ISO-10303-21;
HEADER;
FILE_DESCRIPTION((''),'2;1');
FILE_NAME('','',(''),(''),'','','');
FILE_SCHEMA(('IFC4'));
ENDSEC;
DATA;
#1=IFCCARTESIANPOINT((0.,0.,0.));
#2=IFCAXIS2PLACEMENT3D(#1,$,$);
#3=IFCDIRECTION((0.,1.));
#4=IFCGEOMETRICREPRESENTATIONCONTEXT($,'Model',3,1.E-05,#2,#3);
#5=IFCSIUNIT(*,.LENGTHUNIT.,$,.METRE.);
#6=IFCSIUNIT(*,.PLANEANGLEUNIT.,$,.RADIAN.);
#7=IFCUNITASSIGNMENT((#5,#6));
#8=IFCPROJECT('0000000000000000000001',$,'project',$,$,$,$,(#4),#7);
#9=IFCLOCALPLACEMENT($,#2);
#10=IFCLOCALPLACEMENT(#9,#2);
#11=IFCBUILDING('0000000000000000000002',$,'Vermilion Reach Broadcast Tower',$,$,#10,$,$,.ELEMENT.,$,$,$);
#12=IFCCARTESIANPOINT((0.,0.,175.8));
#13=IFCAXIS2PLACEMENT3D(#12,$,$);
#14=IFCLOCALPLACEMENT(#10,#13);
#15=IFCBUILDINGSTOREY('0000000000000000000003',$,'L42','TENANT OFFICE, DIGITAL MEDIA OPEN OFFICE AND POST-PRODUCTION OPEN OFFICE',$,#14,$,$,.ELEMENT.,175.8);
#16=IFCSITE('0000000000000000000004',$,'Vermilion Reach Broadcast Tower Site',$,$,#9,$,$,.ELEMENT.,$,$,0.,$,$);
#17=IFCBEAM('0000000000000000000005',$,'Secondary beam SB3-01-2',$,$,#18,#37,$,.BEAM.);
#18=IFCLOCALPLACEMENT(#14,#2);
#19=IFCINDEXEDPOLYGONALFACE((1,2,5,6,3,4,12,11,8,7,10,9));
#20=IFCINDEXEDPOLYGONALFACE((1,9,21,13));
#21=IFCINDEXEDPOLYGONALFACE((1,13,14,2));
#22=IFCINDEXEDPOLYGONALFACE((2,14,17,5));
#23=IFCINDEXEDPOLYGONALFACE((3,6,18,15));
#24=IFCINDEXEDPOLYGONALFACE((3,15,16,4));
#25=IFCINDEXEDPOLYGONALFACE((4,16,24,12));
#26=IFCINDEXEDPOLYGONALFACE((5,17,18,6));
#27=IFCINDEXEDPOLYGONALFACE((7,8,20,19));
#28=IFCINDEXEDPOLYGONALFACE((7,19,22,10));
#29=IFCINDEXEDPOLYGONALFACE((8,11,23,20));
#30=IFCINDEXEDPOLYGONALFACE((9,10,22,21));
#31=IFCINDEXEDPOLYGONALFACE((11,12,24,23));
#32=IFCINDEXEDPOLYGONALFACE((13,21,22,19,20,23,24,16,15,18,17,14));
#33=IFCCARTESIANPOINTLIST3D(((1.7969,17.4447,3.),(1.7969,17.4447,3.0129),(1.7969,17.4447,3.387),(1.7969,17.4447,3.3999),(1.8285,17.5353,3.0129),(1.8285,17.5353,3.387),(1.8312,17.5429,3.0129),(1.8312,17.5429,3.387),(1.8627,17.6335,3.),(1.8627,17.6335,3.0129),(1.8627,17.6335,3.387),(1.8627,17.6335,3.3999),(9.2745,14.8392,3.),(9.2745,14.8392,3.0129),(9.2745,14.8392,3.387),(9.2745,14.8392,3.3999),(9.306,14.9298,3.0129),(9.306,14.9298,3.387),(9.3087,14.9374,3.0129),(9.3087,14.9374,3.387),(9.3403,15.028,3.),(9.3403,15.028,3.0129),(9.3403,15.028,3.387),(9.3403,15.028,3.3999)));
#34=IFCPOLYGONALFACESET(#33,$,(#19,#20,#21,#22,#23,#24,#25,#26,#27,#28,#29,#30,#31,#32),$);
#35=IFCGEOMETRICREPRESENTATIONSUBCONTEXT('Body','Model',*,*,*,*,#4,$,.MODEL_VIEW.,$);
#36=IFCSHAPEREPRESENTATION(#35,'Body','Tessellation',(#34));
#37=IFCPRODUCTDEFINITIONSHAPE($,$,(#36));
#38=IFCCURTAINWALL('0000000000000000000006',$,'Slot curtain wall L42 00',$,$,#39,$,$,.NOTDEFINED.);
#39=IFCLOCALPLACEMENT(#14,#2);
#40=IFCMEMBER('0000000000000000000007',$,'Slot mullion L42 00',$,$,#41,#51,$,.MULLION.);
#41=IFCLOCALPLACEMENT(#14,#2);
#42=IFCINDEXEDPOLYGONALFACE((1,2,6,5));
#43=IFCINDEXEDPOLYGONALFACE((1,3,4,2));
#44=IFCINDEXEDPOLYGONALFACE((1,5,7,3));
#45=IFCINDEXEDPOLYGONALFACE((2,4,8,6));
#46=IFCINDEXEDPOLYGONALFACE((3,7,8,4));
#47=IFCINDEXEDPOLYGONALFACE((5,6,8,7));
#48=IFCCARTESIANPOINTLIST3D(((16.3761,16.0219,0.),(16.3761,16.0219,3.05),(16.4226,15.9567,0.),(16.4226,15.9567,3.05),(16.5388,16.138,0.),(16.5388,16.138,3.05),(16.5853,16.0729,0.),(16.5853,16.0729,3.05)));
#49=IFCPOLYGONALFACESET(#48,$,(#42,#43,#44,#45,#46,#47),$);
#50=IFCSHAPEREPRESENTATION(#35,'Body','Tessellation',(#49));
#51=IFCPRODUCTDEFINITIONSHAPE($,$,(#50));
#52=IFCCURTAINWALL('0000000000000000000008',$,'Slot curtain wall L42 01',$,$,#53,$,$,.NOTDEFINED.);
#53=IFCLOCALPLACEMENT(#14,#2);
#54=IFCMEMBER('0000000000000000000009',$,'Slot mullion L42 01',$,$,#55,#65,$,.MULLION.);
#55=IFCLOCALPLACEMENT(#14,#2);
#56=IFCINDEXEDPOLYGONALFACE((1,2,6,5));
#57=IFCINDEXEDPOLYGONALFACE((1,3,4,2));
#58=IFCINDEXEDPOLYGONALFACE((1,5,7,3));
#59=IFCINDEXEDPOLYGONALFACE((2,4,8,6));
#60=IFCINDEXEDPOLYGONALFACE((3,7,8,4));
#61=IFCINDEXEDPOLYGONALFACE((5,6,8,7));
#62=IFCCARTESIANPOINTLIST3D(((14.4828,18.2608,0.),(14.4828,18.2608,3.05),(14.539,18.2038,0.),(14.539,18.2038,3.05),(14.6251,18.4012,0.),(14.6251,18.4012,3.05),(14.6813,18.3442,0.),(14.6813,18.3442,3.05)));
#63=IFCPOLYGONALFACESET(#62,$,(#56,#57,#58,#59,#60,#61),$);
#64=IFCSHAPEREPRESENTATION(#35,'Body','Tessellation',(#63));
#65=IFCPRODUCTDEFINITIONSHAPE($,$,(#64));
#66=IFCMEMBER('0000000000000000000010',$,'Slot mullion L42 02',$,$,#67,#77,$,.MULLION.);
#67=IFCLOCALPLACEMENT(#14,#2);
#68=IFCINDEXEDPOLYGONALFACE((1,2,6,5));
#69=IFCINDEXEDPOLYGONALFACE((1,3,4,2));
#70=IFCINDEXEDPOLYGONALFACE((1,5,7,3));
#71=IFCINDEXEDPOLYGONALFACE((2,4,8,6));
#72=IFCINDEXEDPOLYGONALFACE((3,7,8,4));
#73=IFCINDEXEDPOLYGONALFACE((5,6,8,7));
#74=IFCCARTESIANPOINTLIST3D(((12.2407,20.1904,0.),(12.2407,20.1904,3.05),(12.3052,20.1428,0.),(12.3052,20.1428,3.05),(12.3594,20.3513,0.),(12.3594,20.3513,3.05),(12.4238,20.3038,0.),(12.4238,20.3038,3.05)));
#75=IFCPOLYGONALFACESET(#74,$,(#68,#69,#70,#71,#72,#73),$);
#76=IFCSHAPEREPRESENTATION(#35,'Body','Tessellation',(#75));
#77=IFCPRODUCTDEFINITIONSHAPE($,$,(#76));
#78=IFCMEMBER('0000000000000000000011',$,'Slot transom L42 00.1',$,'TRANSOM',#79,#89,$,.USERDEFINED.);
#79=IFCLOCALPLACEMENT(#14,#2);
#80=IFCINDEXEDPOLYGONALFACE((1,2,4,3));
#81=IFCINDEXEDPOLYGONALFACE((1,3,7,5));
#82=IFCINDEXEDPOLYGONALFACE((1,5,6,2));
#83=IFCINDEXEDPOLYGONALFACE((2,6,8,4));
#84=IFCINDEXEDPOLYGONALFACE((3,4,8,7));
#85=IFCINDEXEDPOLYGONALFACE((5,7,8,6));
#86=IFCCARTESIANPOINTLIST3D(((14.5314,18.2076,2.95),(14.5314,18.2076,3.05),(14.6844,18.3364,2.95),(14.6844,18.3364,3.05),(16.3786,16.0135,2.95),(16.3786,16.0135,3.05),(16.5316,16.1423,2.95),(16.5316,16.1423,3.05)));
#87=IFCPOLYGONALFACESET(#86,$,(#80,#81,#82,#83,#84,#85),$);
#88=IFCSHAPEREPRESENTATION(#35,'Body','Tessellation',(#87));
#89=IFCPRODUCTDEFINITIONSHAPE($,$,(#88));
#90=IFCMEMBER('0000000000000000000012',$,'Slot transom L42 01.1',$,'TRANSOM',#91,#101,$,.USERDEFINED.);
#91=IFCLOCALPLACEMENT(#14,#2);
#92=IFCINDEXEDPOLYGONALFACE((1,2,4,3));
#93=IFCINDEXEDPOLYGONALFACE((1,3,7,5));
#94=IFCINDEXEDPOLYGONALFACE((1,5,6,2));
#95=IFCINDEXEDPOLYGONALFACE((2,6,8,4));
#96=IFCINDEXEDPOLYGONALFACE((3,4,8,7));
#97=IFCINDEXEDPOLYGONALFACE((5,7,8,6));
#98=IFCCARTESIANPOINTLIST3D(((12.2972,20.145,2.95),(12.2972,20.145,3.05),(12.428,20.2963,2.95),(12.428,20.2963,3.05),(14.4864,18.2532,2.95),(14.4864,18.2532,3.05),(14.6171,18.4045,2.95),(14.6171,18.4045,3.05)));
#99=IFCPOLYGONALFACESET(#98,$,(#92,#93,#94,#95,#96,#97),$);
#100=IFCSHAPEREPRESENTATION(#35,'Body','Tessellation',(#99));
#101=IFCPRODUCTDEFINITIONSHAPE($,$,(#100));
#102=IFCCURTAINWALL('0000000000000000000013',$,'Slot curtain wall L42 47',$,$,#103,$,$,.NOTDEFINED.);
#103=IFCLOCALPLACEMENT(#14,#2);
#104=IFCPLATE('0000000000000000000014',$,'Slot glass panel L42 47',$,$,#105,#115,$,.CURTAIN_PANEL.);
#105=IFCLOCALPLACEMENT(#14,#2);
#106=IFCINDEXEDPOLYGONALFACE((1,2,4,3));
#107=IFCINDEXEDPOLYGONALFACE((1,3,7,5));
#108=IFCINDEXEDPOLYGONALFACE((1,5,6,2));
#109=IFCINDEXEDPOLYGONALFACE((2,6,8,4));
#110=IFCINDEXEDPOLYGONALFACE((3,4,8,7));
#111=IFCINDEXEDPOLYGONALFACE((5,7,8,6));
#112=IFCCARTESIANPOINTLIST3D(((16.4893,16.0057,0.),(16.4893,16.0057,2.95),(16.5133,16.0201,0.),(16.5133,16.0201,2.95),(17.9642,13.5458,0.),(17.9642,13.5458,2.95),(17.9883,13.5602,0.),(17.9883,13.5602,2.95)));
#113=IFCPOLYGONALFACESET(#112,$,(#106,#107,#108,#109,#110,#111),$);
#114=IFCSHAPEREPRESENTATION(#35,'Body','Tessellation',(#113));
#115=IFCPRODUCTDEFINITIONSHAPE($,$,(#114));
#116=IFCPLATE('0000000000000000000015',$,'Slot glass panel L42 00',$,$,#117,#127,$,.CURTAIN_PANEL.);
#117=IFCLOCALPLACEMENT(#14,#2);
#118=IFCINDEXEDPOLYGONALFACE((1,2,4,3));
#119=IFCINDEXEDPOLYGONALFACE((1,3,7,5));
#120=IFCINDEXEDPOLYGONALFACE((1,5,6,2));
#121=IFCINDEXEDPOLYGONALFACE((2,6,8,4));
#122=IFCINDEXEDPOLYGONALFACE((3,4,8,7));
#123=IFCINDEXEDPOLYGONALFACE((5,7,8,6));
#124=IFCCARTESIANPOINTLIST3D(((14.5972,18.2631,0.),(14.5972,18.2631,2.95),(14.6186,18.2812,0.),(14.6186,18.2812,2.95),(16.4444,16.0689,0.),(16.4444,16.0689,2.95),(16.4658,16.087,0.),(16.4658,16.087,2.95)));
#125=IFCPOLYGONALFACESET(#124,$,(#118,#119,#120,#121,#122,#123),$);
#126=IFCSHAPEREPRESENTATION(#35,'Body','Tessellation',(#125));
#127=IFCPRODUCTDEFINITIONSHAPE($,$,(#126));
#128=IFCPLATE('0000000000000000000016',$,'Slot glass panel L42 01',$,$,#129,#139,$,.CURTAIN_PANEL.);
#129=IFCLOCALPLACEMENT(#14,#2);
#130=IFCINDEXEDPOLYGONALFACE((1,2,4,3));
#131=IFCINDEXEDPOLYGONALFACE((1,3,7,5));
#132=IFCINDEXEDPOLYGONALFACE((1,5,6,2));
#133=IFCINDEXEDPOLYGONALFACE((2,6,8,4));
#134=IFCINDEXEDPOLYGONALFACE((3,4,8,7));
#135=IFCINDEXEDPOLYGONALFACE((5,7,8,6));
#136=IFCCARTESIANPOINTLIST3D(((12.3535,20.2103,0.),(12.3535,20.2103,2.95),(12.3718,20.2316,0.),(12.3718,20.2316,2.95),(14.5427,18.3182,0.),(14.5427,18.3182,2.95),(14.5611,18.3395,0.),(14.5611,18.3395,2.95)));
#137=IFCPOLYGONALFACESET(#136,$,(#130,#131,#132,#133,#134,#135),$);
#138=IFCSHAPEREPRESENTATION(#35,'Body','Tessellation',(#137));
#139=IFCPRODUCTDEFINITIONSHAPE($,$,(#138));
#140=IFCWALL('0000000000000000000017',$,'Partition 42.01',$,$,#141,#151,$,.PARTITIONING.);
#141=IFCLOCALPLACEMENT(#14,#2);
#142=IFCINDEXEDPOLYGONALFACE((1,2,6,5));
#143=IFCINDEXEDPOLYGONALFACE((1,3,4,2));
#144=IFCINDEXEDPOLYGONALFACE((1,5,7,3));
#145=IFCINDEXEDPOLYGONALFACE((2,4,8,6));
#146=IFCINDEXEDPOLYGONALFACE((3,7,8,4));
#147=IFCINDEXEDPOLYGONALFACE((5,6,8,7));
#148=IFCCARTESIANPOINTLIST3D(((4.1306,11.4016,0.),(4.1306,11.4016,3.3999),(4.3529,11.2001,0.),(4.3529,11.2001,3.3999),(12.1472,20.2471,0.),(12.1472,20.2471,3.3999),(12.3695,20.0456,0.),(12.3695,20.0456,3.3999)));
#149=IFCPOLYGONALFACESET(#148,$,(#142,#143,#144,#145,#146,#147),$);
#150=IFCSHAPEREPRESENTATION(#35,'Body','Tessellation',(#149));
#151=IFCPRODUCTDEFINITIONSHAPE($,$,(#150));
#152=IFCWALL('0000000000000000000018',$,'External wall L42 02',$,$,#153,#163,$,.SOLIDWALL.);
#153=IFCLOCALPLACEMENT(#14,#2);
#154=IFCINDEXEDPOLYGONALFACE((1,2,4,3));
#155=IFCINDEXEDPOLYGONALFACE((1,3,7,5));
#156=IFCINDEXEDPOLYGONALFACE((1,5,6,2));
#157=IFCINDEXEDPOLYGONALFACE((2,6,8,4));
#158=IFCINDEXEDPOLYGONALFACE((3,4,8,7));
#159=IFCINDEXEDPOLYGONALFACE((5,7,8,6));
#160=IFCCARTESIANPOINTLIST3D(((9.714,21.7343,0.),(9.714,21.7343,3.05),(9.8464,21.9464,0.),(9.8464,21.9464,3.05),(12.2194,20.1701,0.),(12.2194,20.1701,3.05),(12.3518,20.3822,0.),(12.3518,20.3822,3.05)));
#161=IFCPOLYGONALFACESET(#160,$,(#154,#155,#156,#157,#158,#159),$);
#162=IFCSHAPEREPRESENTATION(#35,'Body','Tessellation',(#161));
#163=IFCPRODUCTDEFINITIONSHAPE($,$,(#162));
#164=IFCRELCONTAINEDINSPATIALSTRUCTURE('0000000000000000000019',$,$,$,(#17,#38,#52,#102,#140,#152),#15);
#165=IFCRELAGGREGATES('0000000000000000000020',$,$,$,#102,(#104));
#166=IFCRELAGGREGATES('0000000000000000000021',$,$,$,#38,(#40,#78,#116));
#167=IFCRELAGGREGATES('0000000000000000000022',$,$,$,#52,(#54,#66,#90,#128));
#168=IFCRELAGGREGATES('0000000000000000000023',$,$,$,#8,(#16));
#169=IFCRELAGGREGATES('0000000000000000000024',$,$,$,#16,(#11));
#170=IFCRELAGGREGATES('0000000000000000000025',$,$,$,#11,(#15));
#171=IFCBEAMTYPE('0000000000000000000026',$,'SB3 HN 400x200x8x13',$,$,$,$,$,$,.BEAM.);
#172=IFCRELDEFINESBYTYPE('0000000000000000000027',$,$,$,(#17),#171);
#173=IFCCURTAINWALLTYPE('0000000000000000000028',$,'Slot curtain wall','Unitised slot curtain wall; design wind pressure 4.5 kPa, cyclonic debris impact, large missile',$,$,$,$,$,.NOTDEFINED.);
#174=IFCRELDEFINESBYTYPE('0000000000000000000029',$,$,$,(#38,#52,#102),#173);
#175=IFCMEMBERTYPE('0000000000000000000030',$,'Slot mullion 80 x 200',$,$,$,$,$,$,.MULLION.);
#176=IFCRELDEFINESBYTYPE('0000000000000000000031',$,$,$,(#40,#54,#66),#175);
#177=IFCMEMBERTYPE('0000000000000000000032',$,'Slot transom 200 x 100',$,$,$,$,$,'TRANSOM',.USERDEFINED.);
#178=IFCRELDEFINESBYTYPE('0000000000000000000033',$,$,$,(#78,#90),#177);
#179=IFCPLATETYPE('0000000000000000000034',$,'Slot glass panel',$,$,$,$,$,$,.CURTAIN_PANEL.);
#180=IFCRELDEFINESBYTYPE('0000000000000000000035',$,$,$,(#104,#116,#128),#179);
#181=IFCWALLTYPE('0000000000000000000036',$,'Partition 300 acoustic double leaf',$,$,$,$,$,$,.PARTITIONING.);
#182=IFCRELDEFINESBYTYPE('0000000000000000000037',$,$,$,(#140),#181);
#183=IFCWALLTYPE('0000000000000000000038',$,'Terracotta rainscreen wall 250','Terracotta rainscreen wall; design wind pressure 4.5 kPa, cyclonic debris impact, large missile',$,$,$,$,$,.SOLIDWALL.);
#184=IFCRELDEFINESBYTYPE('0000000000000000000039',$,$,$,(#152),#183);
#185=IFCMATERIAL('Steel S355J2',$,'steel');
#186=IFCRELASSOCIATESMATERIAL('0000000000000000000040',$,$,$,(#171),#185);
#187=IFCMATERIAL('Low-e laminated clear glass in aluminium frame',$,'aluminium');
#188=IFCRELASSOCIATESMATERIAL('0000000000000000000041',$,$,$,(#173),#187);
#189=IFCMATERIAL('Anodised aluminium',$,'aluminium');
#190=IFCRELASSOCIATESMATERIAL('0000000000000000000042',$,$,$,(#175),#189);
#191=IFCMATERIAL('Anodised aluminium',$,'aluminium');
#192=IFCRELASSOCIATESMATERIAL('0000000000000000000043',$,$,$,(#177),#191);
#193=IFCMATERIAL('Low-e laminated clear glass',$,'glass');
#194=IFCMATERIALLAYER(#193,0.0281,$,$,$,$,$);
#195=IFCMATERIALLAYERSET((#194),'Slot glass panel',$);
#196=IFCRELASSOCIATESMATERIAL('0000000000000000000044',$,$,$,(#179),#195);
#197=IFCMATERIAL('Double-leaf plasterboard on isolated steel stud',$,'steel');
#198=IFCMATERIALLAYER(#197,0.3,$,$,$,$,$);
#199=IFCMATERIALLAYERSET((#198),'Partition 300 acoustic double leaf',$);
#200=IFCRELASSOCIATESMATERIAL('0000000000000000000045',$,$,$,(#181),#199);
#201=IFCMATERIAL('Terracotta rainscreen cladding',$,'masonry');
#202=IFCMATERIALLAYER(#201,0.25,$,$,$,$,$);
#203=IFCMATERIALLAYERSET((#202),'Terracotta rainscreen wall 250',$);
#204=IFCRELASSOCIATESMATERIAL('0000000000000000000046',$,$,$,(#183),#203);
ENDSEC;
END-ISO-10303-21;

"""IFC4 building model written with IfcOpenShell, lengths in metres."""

from ifc_helpers import new_model, si_unit, direction, frame, frame_2d, origin, origin_2d, place, context, subcontext, project, spatial, rectangle, i_section, extrude, material, layer, layer_set, material_profile, profile_set, type_object, element, aggregate, save


model = new_model("IFC4")

# Units and contexts
model_context = context("Model", 3, precision=1e-05, world=origin(), true_north=direction((0.0, 1.0)))
body_context = subcontext(model_context, "Body", "Model", "MODEL_VIEW")
ifc_project = project(units=[si_unit("LENGTHUNIT", "METRE"), si_unit("PLANEANGLEUNIT", "RADIAN")], contexts=[model_context])

# Site, building, storey
site_placement = place(None, origin())
site = spatial("IfcSite", under=ifc_project, at=site_placement, Name="Vermilion Reach Broadcast Tower Site", CompositionType="ELEMENT", RefElevation=0.0)
building_placement = place(site_placement, origin())
building = spatial("IfcBuilding", under=site, at=building_placement, Name="Vermilion Reach Broadcast Tower", CompositionType="ELEMENT")
storey_placement = place(building_placement, frame((0.0, 0.0, 175.8)))
storey = spatial("IfcBuildingStorey", under=building, at=storey_placement, Name="L42", Description="TENANT OFFICE, DIGITAL MEDIA OPEN OFFICE AND POST-PRODUCTION OPEN OFFICE", CompositionType="ELEMENT", Elevation=175.8)

# Beam
ifc_material_1 = material(Name="Steel S355J2", Category="steel")
ifc_material_profile_1 = material_profile(ifc_material_1, i_section(OverallWidth=0.2, OverallDepth=0.3999, WebThickness=0.0081, FlangeThickness=0.0129, at=origin_2d()), Name="S355J2 HN 400x200x8x13")
ifc_profile_set_1 = profile_set([ifc_material_profile_1], Name="Steel S355J2")
beam_type_1 = type_object("IfcBeamType", Name="SB3 HN 400x200x8x13", PredefinedType="BEAM", material=ifc_profile_set_1)
beam_1_placement = place(storey_placement, frame((9.3074, 14.9336, 3.2), z_axis=(-0.944317, 0.329037, 0.0), x_axis=(-0.329037, -0.944317, 0.0)))
element("IfcBeam", 1, at=beam_1_placement, inside=storey, type_object=beam_type_1, Name="Secondary beam SB3-01-2", PredefinedType="BEAM", context=body_context, shape_type="SweptSolid", body=[
    extrude(i_section(OverallWidth=0.2, OverallDepth=0.3999, WebThickness=0.0081, FlangeThickness=0.0129, at=origin_2d()), origin(), (0.0, 0.0, 1.0), 7.9185),
])

# Curtain wall, member
ifc_material_2 = material(Name="Low-e laminated clear glass in aluminium frame", Category="aluminium")
curtain_wall_type = type_object("IfcCurtainWallType", Name="Slot curtain wall", Description="Unitised slot curtain wall; design wind pressure 4.5 kPa, cyclonic debris impact, large missile", PredefinedType="NOTDEFINED", material=ifc_material_2)
placement = place(storey_placement, origin())
curtain_wall_1 = element("IfcCurtainWall", 2, at=placement, inside=storey, type_object=curtain_wall_type, Name="Slot curtain wall L42 00", PredefinedType="NOTDEFINED")
ifc_material_3 = material(Name="Anodised aluminium", Category="aluminium")
ifc_material_profile_2 = material_profile(ifc_material_3, rectangle(XDim=0.2, YDim=0.0801, at=origin_2d()), Name="Slot mullion 80 x 200")
ifc_profile_set_2 = profile_set([ifc_material_profile_2], Name="Anodised aluminium")
member_type_1 = type_object("IfcMemberType", Name="Slot mullion 80 x 200", PredefinedType="MULLION", material=ifc_profile_set_2)
member_1_placement = place(storey_placement, frame((16.4807, 16.0474, 0.0), z_axis=(0.0, 0.0, 1.0), x_axis=(-0.813913, -0.580987, 0.0)))
member_1 = element("IfcMember", 3, at=member_1_placement, type_object=member_type_1, Name="Slot mullion L42 00", PredefinedType="MULLION", context=body_context, shape_type="SweptSolid", body=[
    extrude(rectangle(XDim=0.2, YDim=0.0801, at=origin_2d()), origin(), (0.0, 0.0, 1.0), 3.05),
])

# Curtain wall, members
curtain_wall_2 = element("IfcCurtainWall", 4, at=placement, inside=storey, type_object=curtain_wall_type, Name="Slot curtain wall L42 01", PredefinedType="NOTDEFINED")
member_2_placement = place(storey_placement, frame((14.582, 18.3025, 0.0), z_axis=(0.0, 0.0, 1.0), x_axis=(-0.711672, -0.702512, 0.0)))
member_2 = element("IfcMember", 5, at=member_2_placement, type_object=member_type_1, Name="Slot mullion L42 01", PredefinedType="MULLION", context=body_context, shape_type="SweptSolid", body=[
    extrude(rectangle(XDim=0.2, YDim=0.0801, at=origin_2d()), origin(), (0.0, 0.0, 1.0), 3.05),
])
member_3_placement = place(storey_placement, frame((12.3323, 20.2471, 0.0), z_axis=(0.0, 0.0, 1.0), x_axis=(-0.593511, -0.804826, 0.0)))
member_3 = element("IfcMember", 6, at=member_3_placement, type_object=member_type_1, Name="Slot mullion L42 02", PredefinedType="MULLION", context=body_context, shape_type="SweptSolid", body=[
    extrude(rectangle(XDim=0.2, YDim=0.0801, at=origin_2d()), origin(), (0.0, 0.0, 1.0), 3.05),
])

# Members
ifc_material_4 = material(Name="Anodised aluminium", Category="aluminium")
ifc_material_profile_3 = material_profile(ifc_material_4, rectangle(XDim=0.2, YDim=0.1001, at=origin_2d()), Name="Slot transom 200 x 100")
ifc_profile_set_3 = profile_set([ifc_material_profile_3], Name="Anodised aluminium")
member_type_2 = type_object("IfcMemberType", Name="Slot transom 200 x 100", ElementType="TRANSOM", PredefinedType="USERDEFINED", material=ifc_profile_set_3)
member_4_placement = place(storey_placement, frame((16.4551, 16.0779, 3.0), z_axis=(-0.644036, 0.764995, 0.0), x_axis=(-0.764995, -0.644036, 0.0)))
member_4 = element("IfcMember", 7, at=member_4_placement, type_object=member_type_2, Name="Slot transom L42 00.1", ObjectType="TRANSOM", PredefinedType="USERDEFINED", context=body_context, shape_type="SweptSolid", body=[
    extrude(rectangle(XDim=0.2, YDim=0.1001, at=origin_2d()), origin(), (0.0, 0.0, 1.0), 2.8682),
])
member_5_placement = place(storey_placement, frame((14.5518, 18.3289, 3.0), z_axis=(-0.756624, 0.653851, 0.0), x_axis=(-0.653851, -0.756624, 0.0)))
member_5 = element("IfcMember", 8, at=member_5_placement, type_object=member_type_2, Name="Slot transom L42 01.1", ObjectType="TRANSOM", PredefinedType="USERDEFINED", context=body_context, shape_type="SweptSolid", body=[
    extrude(rectangle(XDim=0.2, YDim=0.1001, at=origin_2d()), origin(), (0.0, 0.0, 1.0), 2.8933),
])

# Curtain wall, plate
curtain_wall_3 = element("IfcCurtainWall", 9, at=placement, inside=storey, type_object=curtain_wall_type, Name="Slot curtain wall L42 47", PredefinedType="NOTDEFINED")
ifc_material_5 = material(Name="Low-e laminated clear glass", Category="glass")
ifc_layer_1 = layer(ifc_material_5, 0.0281)
ifc_layer_set_1 = layer_set([ifc_layer_1], Name="Slot glass panel")
plate_type = type_object("IfcPlateType", Name="Slot glass panel", PredefinedType="CURTAIN_PANEL", material=ifc_layer_set_1)
plate_1_placement = place(storey_placement, frame((17.2388, 14.783, 0.0), z_axis=(0.0, 0.0, 1.0), x_axis=(-0.514241, 0.857645, 0.0)))
plate_1 = element("IfcPlate", 10, at=plate_1_placement, type_object=plate_type, Name="Slot glass panel L42 47", PredefinedType="CURTAIN_PANEL", context=body_context, shape_type="SweptSolid", body=[
    extrude(rectangle(XDim=2.8682, YDim=0.0281, at=origin_2d()), origin(), (0.0, 0.0, 1.0), 2.95),
])
aggregate(curtain_wall_3, [plate_1])

# Plates
plate_2_placement = place(storey_placement, frame((15.5315, 17.175, 0.0), z_axis=(0.0, 0.0, 1.0), x_axis=(-0.644033, 0.764998, 0.0)))
plate_2 = element("IfcPlate", 11, at=plate_2_placement, type_object=plate_type, Name="Slot glass panel L42 00", PredefinedType="CURTAIN_PANEL", context=body_context, shape_type="SweptSolid", body=[
    extrude(rectangle(XDim=2.8682, YDim=0.0281, at=origin_2d()), origin(), (0.0, 0.0, 1.0), 2.95),
])
aggregate(curtain_wall_1, [member_1, member_4, plate_2])
plate_3_placement = place(storey_placement, frame((13.4573, 19.2749, 0.0), z_axis=(0.0, 0.0, 1.0), x_axis=(-0.756591, 0.653889, 0.0)))
plate_3 = element("IfcPlate", 12, at=plate_3_placement, type_object=plate_type, Name="Slot glass panel L42 01", PredefinedType="CURTAIN_PANEL", context=body_context, shape_type="SweptSolid", body=[
    extrude(rectangle(XDim=2.8936, YDim=0.0281, at=origin_2d()), origin(), (0.0, 0.0, 1.0), 2.95),
])
aggregate(curtain_wall_2, [member_2, member_3, member_5, plate_3])

# Walls
ifc_material_6 = material(Name="Double-leaf plasterboard on isolated steel stud", Category="steel")
ifc_layer_2 = layer(ifc_material_6, 0.3)
ifc_layer_set_2 = layer_set([ifc_layer_2], Name="Partition 300 acoustic double leaf")
wall_type_1 = type_object("IfcWallType", Name="Partition 300 acoustic double leaf", PredefinedType="PARTITIONING", material=ifc_layer_set_2)
wall_1_placement = place(storey_placement, frame((12.2583, 20.1462, 0.0), z_axis=(0.0, 0.0, 1.0), x_axis=(-0.671538, -0.74097, 0.0)))
element("IfcWall", 13, at=wall_1_placement, inside=storey, type_object=wall_type_1, Name="Partition 42.01", PredefinedType="PARTITIONING", context=body_context, shape_type="SweptSolid", body=[
    extrude(rectangle(XDim=11.9377, YDim=0.3, at=frame_2d((5.9688, 0.0))), origin(), (0.0, 0.0, 1.0), 3.3999),
])
ifc_material_7 = material(Name="Terracotta rainscreen cladding", Category="masonry")
ifc_layer_3 = layer(ifc_material_7, 0.25)
ifc_layer_set_3 = layer_set([ifc_layer_3], Name="Terracotta rainscreen wall 250")
wall_type_2 = type_object("IfcWallType", Name="Terracotta rainscreen wall 250", Description="Terracotta rainscreen wall; design wind pressure 4.5 kPa, cyclonic debris impact, large missile", PredefinedType="SOLIDWALL", material=ifc_layer_set_3)
wall_2_placement = place(storey_placement, frame((12.2856, 20.2761, 0.0), z_axis=(0.0, 0.0, 1.0), x_axis=(-0.848249, 0.529598, 0.0)))
element("IfcWall", 14, at=wall_2_placement, inside=storey, type_object=wall_type_2, Name="External wall L42 02", PredefinedType="SOLIDWALL", context=body_context, shape_type="SweptSolid", body=[
    extrude(rectangle(XDim=2.9536, YDim=0.25, at=frame_2d((1.4768, 0.0))), origin(), (0.0, 0.0, 1.0), 3.05),
])

save(model, "model.ifc")
